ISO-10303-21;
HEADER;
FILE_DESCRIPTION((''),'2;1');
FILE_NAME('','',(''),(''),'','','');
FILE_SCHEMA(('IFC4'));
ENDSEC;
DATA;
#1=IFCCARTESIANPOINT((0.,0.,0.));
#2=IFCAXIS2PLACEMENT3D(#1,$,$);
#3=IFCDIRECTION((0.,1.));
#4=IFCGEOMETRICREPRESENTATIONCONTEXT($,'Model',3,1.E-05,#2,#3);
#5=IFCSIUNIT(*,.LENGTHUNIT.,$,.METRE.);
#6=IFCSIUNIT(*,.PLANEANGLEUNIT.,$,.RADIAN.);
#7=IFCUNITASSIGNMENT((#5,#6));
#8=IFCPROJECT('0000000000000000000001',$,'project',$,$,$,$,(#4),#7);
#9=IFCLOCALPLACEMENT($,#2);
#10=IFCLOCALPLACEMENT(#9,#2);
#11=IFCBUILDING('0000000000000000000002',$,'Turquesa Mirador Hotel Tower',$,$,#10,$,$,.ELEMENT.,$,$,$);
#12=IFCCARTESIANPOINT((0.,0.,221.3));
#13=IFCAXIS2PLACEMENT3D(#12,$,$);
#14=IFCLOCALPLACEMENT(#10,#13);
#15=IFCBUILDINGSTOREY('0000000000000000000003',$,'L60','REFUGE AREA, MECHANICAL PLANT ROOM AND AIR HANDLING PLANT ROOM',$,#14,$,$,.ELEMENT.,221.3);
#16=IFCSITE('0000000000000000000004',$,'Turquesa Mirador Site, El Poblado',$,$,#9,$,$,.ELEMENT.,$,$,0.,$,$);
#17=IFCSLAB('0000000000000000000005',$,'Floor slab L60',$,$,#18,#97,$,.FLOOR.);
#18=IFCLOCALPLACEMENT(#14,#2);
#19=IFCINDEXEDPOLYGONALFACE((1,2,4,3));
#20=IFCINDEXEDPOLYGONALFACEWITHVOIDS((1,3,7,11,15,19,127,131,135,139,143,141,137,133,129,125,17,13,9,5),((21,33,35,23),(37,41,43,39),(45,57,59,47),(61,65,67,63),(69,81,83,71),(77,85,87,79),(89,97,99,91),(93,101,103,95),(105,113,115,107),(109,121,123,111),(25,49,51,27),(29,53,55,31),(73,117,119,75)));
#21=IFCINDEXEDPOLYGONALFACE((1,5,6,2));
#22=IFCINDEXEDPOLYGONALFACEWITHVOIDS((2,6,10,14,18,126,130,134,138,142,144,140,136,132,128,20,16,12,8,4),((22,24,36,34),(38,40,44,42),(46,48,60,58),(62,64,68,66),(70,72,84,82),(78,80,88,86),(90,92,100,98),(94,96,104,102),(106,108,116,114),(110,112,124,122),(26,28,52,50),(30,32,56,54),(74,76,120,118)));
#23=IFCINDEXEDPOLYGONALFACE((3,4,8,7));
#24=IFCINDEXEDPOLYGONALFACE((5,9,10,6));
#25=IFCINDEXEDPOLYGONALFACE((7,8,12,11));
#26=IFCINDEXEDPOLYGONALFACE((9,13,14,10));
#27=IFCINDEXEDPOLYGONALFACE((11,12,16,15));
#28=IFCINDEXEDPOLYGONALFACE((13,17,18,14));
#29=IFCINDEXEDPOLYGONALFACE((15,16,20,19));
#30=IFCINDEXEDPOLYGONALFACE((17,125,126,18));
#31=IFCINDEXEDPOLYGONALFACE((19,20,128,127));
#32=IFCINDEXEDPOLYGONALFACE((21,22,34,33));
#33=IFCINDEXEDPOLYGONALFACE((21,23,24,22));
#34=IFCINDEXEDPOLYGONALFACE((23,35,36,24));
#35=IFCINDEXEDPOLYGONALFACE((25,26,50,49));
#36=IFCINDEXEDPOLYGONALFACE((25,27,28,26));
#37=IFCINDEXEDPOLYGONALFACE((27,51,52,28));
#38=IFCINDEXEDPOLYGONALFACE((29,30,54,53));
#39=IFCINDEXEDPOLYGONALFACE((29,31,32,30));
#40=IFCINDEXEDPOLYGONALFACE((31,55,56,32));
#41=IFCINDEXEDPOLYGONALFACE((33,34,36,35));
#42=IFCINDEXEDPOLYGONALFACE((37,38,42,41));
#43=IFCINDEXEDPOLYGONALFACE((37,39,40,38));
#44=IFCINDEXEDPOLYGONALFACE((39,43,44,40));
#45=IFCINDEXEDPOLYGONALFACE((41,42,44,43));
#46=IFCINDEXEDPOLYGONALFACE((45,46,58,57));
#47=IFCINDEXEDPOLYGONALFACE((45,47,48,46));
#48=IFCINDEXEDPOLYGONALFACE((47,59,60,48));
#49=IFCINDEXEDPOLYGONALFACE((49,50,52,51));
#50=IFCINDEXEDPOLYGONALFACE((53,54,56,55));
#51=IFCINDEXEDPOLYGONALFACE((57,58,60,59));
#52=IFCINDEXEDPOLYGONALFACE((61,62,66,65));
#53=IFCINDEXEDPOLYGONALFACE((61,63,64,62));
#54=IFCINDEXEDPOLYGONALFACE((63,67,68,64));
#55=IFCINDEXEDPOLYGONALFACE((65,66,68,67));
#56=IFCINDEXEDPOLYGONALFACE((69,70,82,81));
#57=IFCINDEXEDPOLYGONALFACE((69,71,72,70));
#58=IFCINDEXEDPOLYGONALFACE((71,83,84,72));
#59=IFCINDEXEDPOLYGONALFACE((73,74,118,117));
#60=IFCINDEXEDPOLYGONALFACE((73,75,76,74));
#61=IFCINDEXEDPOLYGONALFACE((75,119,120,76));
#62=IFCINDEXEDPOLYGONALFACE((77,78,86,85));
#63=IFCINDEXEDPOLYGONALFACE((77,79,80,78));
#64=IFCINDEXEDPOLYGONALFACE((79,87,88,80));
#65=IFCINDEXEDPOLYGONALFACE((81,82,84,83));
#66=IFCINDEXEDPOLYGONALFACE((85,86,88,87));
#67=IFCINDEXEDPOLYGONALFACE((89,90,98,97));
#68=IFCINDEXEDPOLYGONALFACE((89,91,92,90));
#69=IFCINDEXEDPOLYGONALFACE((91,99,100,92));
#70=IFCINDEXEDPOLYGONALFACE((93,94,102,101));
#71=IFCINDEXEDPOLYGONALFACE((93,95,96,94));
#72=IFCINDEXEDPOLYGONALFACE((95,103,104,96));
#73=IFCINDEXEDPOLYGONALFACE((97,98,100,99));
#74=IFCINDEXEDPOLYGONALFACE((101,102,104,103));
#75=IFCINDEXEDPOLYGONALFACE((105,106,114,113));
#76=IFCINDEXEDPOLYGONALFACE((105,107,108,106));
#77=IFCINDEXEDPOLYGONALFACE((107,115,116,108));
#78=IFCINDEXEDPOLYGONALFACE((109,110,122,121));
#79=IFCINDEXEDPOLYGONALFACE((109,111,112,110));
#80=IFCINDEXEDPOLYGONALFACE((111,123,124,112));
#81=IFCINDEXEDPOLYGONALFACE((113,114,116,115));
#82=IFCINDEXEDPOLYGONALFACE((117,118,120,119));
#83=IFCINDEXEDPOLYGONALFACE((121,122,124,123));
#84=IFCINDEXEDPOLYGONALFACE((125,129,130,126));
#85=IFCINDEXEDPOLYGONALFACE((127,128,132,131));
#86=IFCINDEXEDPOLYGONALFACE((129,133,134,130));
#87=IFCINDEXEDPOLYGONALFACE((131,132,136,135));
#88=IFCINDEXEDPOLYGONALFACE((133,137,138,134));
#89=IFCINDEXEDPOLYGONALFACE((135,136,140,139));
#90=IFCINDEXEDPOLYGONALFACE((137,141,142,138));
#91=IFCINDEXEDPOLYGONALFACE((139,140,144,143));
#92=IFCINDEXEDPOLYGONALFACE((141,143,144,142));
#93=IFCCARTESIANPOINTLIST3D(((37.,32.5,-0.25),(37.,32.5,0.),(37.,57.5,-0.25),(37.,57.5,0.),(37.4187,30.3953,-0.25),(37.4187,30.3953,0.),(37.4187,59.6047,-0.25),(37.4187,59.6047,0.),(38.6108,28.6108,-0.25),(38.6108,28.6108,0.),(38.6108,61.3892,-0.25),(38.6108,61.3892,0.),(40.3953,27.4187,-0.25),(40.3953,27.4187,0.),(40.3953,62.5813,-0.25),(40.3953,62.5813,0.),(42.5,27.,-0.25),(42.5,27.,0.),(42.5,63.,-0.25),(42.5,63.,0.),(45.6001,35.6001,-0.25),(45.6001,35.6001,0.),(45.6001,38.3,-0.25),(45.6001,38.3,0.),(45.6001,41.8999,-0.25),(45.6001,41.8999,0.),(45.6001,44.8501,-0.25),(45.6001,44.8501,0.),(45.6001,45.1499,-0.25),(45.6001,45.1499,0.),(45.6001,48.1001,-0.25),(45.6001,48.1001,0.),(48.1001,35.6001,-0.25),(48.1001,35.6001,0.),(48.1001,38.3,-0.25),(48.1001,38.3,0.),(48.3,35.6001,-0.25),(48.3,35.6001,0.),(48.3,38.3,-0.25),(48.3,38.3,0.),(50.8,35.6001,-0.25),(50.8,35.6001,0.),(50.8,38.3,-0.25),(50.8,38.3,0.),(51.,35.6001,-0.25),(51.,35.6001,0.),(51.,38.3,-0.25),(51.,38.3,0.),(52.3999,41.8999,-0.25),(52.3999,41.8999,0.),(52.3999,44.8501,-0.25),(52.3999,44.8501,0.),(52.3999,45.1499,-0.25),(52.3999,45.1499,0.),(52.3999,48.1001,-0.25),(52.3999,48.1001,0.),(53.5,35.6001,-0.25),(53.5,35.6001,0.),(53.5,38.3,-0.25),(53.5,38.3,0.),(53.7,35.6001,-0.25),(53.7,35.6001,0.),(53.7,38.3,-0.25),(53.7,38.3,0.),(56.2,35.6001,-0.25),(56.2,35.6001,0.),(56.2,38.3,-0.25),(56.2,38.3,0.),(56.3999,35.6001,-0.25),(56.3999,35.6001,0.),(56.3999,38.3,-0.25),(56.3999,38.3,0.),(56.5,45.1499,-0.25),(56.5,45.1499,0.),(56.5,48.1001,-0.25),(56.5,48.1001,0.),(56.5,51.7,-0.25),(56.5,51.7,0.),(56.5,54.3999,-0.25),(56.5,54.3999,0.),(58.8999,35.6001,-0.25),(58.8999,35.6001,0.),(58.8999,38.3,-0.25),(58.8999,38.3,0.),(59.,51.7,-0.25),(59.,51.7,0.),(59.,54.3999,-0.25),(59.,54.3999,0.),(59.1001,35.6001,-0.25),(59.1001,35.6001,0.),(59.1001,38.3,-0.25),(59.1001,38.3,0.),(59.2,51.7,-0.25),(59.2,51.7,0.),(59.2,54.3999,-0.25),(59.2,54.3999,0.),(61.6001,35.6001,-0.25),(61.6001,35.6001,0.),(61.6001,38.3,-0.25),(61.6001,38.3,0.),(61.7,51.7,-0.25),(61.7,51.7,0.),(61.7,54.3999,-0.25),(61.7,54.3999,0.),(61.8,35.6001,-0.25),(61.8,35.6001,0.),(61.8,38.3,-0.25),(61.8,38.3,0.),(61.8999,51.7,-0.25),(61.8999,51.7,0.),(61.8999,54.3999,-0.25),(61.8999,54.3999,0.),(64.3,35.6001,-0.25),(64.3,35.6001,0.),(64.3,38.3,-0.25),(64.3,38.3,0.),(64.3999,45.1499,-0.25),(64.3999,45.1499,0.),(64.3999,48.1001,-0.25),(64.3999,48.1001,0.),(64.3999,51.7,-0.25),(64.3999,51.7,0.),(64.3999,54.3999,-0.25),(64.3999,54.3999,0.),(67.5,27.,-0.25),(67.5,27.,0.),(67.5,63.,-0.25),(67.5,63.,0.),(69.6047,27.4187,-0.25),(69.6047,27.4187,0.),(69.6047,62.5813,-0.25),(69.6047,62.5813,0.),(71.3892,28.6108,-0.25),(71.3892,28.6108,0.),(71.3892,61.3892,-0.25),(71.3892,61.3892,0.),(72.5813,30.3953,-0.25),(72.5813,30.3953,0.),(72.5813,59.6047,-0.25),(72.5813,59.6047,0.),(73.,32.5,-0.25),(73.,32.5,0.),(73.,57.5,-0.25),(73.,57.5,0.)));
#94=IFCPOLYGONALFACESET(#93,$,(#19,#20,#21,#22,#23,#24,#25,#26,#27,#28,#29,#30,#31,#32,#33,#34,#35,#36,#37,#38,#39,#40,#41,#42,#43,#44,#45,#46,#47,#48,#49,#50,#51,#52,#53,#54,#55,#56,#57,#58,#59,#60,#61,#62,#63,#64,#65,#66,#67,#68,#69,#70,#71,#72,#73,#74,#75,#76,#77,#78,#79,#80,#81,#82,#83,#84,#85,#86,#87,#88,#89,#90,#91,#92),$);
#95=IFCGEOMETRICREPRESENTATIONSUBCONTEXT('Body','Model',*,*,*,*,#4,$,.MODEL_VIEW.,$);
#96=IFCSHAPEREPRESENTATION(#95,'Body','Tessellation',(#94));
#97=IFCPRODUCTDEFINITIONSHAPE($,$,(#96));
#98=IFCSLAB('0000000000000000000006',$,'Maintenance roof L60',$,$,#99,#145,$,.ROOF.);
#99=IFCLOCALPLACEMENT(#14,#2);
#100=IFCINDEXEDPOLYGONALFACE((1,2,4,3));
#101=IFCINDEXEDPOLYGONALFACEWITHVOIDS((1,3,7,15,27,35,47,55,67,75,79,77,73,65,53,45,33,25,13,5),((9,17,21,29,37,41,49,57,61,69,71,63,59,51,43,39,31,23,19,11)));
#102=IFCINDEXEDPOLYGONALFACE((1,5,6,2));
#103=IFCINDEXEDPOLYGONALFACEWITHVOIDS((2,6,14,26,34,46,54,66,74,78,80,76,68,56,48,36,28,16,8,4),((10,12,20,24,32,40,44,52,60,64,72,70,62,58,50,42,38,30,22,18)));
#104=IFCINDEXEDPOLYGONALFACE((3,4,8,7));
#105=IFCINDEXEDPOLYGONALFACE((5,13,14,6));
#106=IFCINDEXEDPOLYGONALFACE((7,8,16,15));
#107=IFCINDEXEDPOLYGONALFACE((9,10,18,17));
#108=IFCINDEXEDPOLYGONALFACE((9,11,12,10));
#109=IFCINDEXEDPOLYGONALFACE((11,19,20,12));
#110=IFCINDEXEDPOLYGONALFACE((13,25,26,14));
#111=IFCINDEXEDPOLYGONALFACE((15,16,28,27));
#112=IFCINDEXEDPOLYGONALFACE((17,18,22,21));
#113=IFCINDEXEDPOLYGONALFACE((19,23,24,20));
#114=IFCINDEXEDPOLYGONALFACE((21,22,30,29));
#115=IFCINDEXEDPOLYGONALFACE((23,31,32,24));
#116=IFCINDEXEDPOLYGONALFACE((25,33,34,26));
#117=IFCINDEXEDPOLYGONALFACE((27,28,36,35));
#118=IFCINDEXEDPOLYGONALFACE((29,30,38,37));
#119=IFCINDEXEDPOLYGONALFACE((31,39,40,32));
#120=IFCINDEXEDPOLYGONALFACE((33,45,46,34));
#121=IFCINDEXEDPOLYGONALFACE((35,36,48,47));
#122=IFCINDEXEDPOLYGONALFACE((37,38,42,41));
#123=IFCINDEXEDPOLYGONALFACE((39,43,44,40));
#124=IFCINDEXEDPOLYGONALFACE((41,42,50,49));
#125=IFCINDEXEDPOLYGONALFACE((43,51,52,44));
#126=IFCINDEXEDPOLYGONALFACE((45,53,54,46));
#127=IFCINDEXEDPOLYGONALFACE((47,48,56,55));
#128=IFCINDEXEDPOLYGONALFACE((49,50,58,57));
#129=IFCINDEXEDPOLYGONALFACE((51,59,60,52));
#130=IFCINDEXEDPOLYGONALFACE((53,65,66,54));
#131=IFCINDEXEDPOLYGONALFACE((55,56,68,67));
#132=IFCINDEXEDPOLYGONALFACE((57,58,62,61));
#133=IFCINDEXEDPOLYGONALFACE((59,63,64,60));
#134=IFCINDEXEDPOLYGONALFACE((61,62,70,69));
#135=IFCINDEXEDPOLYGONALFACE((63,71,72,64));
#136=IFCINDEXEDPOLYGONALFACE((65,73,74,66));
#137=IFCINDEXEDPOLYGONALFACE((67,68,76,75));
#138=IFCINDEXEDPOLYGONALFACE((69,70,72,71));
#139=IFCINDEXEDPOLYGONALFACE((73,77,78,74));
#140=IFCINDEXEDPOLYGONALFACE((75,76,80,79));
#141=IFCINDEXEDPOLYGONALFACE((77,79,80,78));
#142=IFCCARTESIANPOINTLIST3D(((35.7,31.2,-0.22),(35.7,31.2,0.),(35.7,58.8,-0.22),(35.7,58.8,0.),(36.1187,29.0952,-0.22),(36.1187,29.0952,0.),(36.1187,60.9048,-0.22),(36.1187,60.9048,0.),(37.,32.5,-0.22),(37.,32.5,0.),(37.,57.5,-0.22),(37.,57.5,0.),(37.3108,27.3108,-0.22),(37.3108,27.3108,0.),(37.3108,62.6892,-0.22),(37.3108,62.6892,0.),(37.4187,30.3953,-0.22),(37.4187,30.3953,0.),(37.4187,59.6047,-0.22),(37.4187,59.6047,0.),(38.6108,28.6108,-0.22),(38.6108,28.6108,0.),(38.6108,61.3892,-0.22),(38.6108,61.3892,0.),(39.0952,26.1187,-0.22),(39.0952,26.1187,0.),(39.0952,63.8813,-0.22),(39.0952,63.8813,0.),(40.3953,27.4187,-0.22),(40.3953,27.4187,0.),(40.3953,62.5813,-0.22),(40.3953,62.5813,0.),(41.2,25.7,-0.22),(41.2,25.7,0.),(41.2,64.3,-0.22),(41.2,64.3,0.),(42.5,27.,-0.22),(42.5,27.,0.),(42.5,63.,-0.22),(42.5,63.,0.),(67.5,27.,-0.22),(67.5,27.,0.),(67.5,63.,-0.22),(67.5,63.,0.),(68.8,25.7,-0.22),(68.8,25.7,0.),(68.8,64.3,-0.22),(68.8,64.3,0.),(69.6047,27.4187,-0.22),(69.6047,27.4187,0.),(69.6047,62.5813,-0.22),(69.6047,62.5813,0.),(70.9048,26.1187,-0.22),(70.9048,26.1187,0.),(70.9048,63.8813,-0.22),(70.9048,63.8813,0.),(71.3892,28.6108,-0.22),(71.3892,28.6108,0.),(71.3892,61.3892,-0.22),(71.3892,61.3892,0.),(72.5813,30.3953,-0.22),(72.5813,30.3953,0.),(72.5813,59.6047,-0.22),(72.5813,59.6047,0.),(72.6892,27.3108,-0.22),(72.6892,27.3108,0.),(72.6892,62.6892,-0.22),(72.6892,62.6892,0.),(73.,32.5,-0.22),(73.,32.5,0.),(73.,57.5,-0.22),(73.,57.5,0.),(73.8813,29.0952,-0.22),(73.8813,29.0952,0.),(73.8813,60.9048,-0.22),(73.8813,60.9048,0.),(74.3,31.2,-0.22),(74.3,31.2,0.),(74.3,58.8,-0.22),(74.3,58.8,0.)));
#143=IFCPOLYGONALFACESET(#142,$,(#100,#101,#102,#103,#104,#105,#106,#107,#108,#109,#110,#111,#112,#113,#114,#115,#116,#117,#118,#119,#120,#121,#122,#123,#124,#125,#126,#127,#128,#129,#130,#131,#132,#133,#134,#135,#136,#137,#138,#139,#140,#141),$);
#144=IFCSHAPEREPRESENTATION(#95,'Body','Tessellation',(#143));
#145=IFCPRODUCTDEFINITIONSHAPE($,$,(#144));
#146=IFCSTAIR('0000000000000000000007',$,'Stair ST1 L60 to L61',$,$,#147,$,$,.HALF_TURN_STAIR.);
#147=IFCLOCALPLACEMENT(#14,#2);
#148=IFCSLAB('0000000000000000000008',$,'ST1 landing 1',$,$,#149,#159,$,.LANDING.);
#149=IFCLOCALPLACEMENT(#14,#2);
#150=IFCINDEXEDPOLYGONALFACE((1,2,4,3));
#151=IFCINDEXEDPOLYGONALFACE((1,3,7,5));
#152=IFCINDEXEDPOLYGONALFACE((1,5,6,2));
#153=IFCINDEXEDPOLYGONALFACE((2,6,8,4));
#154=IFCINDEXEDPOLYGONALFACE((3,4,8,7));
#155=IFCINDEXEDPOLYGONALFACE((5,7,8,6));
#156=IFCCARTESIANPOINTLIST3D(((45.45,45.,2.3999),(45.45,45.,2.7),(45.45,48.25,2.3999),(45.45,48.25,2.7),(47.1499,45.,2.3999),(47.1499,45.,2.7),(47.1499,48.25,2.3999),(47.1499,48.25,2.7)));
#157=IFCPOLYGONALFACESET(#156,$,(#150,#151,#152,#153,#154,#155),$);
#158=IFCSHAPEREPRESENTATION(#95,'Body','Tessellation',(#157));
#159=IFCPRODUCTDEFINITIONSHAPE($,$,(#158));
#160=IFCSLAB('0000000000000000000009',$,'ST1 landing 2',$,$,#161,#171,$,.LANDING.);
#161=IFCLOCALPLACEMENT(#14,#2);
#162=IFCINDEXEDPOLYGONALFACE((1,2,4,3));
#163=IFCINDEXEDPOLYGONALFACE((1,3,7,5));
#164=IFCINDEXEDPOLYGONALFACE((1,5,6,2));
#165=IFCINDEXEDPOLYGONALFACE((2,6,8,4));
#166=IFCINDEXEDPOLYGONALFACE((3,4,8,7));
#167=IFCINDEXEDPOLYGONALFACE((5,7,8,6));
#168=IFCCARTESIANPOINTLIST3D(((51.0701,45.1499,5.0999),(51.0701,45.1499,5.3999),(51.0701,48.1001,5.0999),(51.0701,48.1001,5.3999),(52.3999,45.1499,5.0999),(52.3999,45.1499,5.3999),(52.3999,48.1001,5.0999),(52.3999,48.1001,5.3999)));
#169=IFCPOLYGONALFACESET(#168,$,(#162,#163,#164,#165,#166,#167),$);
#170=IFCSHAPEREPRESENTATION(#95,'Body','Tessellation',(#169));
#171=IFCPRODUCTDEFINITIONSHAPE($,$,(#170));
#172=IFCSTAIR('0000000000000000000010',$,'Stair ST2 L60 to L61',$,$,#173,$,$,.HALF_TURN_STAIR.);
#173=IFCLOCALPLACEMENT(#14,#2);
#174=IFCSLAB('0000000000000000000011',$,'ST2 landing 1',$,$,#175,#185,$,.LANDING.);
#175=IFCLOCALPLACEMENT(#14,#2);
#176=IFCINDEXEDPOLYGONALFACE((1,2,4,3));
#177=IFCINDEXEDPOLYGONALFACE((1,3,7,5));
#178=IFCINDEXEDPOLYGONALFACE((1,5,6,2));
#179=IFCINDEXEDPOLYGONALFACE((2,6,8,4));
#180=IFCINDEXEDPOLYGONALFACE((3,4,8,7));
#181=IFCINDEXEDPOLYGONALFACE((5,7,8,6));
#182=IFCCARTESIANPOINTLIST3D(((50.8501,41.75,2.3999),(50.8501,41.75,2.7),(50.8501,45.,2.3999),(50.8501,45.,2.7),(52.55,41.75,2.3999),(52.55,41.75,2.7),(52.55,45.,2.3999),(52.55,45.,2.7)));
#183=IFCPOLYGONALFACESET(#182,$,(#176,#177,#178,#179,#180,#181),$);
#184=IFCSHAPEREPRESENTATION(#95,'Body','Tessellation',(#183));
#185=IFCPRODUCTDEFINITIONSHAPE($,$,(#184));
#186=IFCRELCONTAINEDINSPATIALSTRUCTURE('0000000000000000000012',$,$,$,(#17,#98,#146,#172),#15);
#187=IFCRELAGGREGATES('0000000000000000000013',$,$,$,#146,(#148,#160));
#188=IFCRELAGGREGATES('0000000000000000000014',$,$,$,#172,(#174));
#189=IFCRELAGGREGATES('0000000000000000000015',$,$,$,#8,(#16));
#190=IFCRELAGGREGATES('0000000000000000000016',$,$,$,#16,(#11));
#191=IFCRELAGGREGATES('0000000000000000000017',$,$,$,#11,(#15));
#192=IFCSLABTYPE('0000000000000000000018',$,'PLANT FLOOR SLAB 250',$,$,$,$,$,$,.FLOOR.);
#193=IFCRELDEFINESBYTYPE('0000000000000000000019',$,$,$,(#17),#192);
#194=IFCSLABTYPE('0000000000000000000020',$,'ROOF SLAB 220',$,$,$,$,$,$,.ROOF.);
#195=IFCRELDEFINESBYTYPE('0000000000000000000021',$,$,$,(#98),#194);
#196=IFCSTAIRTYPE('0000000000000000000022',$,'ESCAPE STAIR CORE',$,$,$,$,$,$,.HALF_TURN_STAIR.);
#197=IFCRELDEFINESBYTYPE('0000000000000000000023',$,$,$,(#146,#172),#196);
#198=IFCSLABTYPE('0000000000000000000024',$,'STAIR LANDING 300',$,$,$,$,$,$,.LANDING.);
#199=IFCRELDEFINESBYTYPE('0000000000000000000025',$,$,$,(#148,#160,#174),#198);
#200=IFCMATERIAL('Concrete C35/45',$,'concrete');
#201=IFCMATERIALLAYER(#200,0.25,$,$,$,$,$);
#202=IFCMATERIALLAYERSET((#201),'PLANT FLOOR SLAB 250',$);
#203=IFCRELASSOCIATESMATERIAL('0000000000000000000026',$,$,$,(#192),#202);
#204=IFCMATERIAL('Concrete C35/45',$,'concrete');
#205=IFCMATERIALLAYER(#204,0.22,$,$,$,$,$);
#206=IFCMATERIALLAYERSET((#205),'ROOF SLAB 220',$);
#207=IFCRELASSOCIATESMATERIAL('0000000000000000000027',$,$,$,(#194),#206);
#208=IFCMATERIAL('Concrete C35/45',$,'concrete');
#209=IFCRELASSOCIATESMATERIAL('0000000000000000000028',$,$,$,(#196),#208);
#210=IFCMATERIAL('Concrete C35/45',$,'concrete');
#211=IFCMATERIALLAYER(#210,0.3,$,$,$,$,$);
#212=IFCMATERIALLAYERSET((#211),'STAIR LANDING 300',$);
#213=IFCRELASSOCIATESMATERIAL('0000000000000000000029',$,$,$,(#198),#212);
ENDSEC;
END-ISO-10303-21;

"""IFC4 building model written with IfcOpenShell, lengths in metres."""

from ifc_helpers import new_model, si_unit, direction, frame, origin, place, context, subcontext, project, spatial, polyline, outline, extrude, material, layer, layer_set, type_object, element, aggregate, save


model = new_model("IFC4")

# Units and contexts
model_context = context("Model", 3, precision=1e-05, world=origin(), true_north=direction((0.0, 1.0)))
body_context = subcontext(model_context, "Body", "Model", "MODEL_VIEW")
ifc_project = project(units=[si_unit("LENGTHUNIT", "METRE"), si_unit("PLANEANGLEUNIT", "RADIAN")], contexts=[model_context])

# Site, building, storey
site_placement = place(None, origin())
site = spatial("IfcSite", under=ifc_project, at=site_placement, Name="Turquesa Mirador Site, El Poblado", CompositionType="ELEMENT", RefElevation=0.0)
building_placement = place(site_placement, origin())
building = spatial("IfcBuilding", under=site, at=building_placement, Name="Turquesa Mirador Hotel Tower", CompositionType="ELEMENT")
storey_placement = place(building_placement, frame((0.0, 0.0, 221.3)))
storey = spatial("IfcBuildingStorey", under=building, at=storey_placement, Name="L60", Description="REFUGE AREA, MECHANICAL PLANT ROOM AND AIR HANDLING PLANT ROOM", CompositionType="ELEMENT", Elevation=221.3)

# Slabs
ifc_material_1 = material(Name="Concrete C35/45", Category="concrete")
ifc_layer_1 = layer(ifc_material_1, 0.25)
ifc_layer_set_1 = layer_set([ifc_layer_1], Name="PLANT FLOOR SLAB 250")
slab_type_1 = type_object("IfcSlabType", Name="PLANT FLOOR SLAB 250", PredefinedType="FLOOR", material=ifc_layer_set_1)
slab_1_placement = place(storey_placement, frame((0.0, 0.0, -0.25)))
element("IfcSlab", 1, at=slab_1_placement, inside=storey, type_object=slab_type_1, Name="Floor slab L60", PredefinedType="FLOOR", context=body_context, shape_type="SweptSolid", body=[
    extrude(outline(polyline([(67.5, 27.0), (69.6047, 27.4187), (71.3892, 28.6108), (72.5813, 30.3953), (73.0, 32.5), (73.0, 57.5), (72.5813, 59.6047), (71.3892, 61.3892), (69.6047, 62.5813), (67.5, 63.0), (42.5, 63.0), (40.3953, 62.5813), (38.6108, 61.3892), (37.4187, 59.6047), (37.0, 57.5), (37.0, 32.5), (37.4187, 30.3953), (38.6108, 28.6108), (40.3953, 27.4187), (42.5, 27.0), (67.5, 27.0)]), holes=[polyline([(56.5, 51.7), (59.0, 51.7), (59.0, 54.3999), (56.5, 54.3999), (56.5, 51.7)]), polyline([(59.2, 51.7), (61.7, 51.7), (61.7, 54.3999), (59.2, 54.3999), (59.2, 51.7)]), polyline([(45.6001, 35.6001), (48.1001, 35.6001), (48.1001, 38.3), (45.6001, 38.3), (45.6001, 35.6001)]), polyline([(48.3, 35.6001), (50.8, 35.6001), (50.8, 38.3), (48.3, 38.3), (48.3, 35.6001)]), polyline([(51.0, 35.6001), (53.5, 35.6001), (53.5, 38.3), (51.0, 38.3), (51.0, 35.6001)]), polyline([(53.7, 35.6001), (56.2, 35.6001), (56.2, 38.3), (53.7, 38.3), (53.7, 35.6001)]), polyline([(56.3999, 35.6001), (58.8999, 35.6001), (58.8999, 38.3), (56.3999, 38.3), (56.3999, 35.6001)]), polyline([(59.1001, 35.6001), (61.6001, 35.6001), (61.6001, 38.3), (59.1001, 38.3), (59.1001, 35.6001)]), polyline([(61.8, 35.6001), (64.3, 35.6001), (64.3, 38.3), (61.8, 38.3), (61.8, 35.6001)]), polyline([(45.6001, 45.1499), (52.3999, 45.1499), (52.3999, 48.1001), (45.6001, 48.1001), (45.6001, 45.1499)]), polyline([(45.6001, 41.8999), (52.3999, 41.8999), (52.3999, 44.8501), (45.6001, 44.8501), (45.6001, 41.8999)]), polyline([(56.5, 45.1499), (64.3999, 45.1499), (64.3999, 48.1001), (56.5, 48.1001), (56.5, 45.1499)]), polyline([(61.8999, 51.7), (64.3999, 51.7), (64.3999, 54.3999), (61.8999, 54.3999), (61.8999, 51.7)])]), origin(), (0.0, 0.0, 1.0), 0.25),
])
ifc_material_2 = material(Name="Concrete C35/45", Category="concrete")
ifc_layer_2 = layer(ifc_material_2, 0.22)
ifc_layer_set_2 = layer_set([ifc_layer_2], Name="ROOF SLAB 220")
slab_type_2 = type_object("IfcSlabType", Name="ROOF SLAB 220", PredefinedType="ROOF", material=ifc_layer_set_2)
slab_2_placement = place(storey_placement, frame((0.0, 0.0, -0.22)))
element("IfcSlab", 2, at=slab_2_placement, inside=storey, type_object=slab_type_2, Name="Maintenance roof L60", PredefinedType="ROOF", context=body_context, shape_type="SweptSolid", body=[
    extrude(outline(polyline([(68.8, 25.7), (70.9048, 26.1187), (72.6892, 27.3108), (73.8813, 29.0952), (74.3, 31.2), (74.3, 58.8), (73.8813, 60.9048), (72.6892, 62.6892), (70.9048, 63.8813), (68.8, 64.3), (41.2, 64.3), (39.0952, 63.8813), (37.3108, 62.6892), (36.1187, 60.9048), (35.7, 58.8), (35.7, 31.2), (36.1187, 29.0952), (37.3108, 27.3108), (39.0952, 26.1187), (41.2, 25.7), (68.8, 25.7)]), holes=[polyline([(67.5, 27.0), (69.6047, 27.4187), (71.3892, 28.6108), (72.5813, 30.3953), (73.0, 32.5), (73.0, 57.5), (72.5813, 59.6047), (71.3892, 61.3892), (69.6047, 62.5813), (67.5, 63.0), (42.5, 63.0), (40.3953, 62.5813), (38.6108, 61.3892), (37.4187, 59.6047), (37.0, 57.5), (37.0, 32.5), (37.4187, 30.3953), (38.6108, 28.6108), (40.3953, 27.4187), (42.5, 27.0), (67.5, 27.0)])]), origin(), (0.0, 0.0, 1.0), 0.22),
])

# Stairs, slabs
ifc_material_3 = material(Name="Concrete C35/45", Category="concrete")
stair_type = type_object("IfcStairType", Name="ESCAPE STAIR CORE", PredefinedType="HALF_TURN_STAIR", material=ifc_material_3)
stair_1_placement = place(storey_placement, origin())
stair_1 = element("IfcStair", 3, at=stair_1_placement, inside=storey, type_object=stair_type, Name="Stair ST1 L60 to L61", PredefinedType="HALF_TURN_STAIR")
ifc_material_4 = material(Name="Concrete C35/45", Category="concrete")
ifc_layer_3 = layer(ifc_material_4, 0.3)
ifc_layer_set_3 = layer_set([ifc_layer_3], Name="STAIR LANDING 300")
slab_type_3 = type_object("IfcSlabType", Name="STAIR LANDING 300", PredefinedType="LANDING", material=ifc_layer_set_3)
slab_3_placement = place(storey_placement, frame((0.0, 0.0, 2.3999)))
slab_3 = element("IfcSlab", 4, at=slab_3_placement, type_object=slab_type_3, Name="ST1 landing 1", PredefinedType="LANDING", context=body_context, shape_type="SweptSolid", body=[
    extrude(outline(polyline([(45.45, 45.0), (47.1499, 45.0), (47.1499, 48.25), (45.45, 48.25), (45.45, 45.0)])), origin(), (0.0, 0.0, 1.0), 0.3),
])
slab_4_placement = place(storey_placement, frame((0.0, 0.0, 5.0999)))
slab_4 = element("IfcSlab", 5, at=slab_4_placement, type_object=slab_type_3, Name="ST1 landing 2", PredefinedType="LANDING", context=body_context, shape_type="SweptSolid", body=[
    extrude(outline(polyline([(51.0701, 45.1499), (52.3999, 45.1499), (52.3999, 48.1001), (51.0701, 48.1001), (51.0701, 45.1499)])), origin(), (0.0, 0.0, 1.0), 0.3),
])
aggregate(stair_1, [slab_3, slab_4])
stair_2_placement = place(storey_placement, origin())
stair_2 = element("IfcStair", 6, at=stair_2_placement, inside=storey, type_object=stair_type, Name="Stair ST2 L60 to L61", PredefinedType="HALF_TURN_STAIR")
slab_5_placement = place(storey_placement, frame((0.0, 0.0, 2.3999)))
slab_5 = element("IfcSlab", 7, at=slab_5_placement, type_object=slab_type_3, Name="ST2 landing 1", PredefinedType="LANDING", context=body_context, shape_type="SweptSolid", body=[
    extrude(outline(polyline([(52.55, 45.0), (50.8501, 45.0), (50.8501, 41.75), (52.55, 41.75), (52.55, 45.0)])), origin(), (0.0, 0.0, 1.0), 0.3),
])
aggregate(stair_2, [slab_5])

save(model, "model.ifc")
